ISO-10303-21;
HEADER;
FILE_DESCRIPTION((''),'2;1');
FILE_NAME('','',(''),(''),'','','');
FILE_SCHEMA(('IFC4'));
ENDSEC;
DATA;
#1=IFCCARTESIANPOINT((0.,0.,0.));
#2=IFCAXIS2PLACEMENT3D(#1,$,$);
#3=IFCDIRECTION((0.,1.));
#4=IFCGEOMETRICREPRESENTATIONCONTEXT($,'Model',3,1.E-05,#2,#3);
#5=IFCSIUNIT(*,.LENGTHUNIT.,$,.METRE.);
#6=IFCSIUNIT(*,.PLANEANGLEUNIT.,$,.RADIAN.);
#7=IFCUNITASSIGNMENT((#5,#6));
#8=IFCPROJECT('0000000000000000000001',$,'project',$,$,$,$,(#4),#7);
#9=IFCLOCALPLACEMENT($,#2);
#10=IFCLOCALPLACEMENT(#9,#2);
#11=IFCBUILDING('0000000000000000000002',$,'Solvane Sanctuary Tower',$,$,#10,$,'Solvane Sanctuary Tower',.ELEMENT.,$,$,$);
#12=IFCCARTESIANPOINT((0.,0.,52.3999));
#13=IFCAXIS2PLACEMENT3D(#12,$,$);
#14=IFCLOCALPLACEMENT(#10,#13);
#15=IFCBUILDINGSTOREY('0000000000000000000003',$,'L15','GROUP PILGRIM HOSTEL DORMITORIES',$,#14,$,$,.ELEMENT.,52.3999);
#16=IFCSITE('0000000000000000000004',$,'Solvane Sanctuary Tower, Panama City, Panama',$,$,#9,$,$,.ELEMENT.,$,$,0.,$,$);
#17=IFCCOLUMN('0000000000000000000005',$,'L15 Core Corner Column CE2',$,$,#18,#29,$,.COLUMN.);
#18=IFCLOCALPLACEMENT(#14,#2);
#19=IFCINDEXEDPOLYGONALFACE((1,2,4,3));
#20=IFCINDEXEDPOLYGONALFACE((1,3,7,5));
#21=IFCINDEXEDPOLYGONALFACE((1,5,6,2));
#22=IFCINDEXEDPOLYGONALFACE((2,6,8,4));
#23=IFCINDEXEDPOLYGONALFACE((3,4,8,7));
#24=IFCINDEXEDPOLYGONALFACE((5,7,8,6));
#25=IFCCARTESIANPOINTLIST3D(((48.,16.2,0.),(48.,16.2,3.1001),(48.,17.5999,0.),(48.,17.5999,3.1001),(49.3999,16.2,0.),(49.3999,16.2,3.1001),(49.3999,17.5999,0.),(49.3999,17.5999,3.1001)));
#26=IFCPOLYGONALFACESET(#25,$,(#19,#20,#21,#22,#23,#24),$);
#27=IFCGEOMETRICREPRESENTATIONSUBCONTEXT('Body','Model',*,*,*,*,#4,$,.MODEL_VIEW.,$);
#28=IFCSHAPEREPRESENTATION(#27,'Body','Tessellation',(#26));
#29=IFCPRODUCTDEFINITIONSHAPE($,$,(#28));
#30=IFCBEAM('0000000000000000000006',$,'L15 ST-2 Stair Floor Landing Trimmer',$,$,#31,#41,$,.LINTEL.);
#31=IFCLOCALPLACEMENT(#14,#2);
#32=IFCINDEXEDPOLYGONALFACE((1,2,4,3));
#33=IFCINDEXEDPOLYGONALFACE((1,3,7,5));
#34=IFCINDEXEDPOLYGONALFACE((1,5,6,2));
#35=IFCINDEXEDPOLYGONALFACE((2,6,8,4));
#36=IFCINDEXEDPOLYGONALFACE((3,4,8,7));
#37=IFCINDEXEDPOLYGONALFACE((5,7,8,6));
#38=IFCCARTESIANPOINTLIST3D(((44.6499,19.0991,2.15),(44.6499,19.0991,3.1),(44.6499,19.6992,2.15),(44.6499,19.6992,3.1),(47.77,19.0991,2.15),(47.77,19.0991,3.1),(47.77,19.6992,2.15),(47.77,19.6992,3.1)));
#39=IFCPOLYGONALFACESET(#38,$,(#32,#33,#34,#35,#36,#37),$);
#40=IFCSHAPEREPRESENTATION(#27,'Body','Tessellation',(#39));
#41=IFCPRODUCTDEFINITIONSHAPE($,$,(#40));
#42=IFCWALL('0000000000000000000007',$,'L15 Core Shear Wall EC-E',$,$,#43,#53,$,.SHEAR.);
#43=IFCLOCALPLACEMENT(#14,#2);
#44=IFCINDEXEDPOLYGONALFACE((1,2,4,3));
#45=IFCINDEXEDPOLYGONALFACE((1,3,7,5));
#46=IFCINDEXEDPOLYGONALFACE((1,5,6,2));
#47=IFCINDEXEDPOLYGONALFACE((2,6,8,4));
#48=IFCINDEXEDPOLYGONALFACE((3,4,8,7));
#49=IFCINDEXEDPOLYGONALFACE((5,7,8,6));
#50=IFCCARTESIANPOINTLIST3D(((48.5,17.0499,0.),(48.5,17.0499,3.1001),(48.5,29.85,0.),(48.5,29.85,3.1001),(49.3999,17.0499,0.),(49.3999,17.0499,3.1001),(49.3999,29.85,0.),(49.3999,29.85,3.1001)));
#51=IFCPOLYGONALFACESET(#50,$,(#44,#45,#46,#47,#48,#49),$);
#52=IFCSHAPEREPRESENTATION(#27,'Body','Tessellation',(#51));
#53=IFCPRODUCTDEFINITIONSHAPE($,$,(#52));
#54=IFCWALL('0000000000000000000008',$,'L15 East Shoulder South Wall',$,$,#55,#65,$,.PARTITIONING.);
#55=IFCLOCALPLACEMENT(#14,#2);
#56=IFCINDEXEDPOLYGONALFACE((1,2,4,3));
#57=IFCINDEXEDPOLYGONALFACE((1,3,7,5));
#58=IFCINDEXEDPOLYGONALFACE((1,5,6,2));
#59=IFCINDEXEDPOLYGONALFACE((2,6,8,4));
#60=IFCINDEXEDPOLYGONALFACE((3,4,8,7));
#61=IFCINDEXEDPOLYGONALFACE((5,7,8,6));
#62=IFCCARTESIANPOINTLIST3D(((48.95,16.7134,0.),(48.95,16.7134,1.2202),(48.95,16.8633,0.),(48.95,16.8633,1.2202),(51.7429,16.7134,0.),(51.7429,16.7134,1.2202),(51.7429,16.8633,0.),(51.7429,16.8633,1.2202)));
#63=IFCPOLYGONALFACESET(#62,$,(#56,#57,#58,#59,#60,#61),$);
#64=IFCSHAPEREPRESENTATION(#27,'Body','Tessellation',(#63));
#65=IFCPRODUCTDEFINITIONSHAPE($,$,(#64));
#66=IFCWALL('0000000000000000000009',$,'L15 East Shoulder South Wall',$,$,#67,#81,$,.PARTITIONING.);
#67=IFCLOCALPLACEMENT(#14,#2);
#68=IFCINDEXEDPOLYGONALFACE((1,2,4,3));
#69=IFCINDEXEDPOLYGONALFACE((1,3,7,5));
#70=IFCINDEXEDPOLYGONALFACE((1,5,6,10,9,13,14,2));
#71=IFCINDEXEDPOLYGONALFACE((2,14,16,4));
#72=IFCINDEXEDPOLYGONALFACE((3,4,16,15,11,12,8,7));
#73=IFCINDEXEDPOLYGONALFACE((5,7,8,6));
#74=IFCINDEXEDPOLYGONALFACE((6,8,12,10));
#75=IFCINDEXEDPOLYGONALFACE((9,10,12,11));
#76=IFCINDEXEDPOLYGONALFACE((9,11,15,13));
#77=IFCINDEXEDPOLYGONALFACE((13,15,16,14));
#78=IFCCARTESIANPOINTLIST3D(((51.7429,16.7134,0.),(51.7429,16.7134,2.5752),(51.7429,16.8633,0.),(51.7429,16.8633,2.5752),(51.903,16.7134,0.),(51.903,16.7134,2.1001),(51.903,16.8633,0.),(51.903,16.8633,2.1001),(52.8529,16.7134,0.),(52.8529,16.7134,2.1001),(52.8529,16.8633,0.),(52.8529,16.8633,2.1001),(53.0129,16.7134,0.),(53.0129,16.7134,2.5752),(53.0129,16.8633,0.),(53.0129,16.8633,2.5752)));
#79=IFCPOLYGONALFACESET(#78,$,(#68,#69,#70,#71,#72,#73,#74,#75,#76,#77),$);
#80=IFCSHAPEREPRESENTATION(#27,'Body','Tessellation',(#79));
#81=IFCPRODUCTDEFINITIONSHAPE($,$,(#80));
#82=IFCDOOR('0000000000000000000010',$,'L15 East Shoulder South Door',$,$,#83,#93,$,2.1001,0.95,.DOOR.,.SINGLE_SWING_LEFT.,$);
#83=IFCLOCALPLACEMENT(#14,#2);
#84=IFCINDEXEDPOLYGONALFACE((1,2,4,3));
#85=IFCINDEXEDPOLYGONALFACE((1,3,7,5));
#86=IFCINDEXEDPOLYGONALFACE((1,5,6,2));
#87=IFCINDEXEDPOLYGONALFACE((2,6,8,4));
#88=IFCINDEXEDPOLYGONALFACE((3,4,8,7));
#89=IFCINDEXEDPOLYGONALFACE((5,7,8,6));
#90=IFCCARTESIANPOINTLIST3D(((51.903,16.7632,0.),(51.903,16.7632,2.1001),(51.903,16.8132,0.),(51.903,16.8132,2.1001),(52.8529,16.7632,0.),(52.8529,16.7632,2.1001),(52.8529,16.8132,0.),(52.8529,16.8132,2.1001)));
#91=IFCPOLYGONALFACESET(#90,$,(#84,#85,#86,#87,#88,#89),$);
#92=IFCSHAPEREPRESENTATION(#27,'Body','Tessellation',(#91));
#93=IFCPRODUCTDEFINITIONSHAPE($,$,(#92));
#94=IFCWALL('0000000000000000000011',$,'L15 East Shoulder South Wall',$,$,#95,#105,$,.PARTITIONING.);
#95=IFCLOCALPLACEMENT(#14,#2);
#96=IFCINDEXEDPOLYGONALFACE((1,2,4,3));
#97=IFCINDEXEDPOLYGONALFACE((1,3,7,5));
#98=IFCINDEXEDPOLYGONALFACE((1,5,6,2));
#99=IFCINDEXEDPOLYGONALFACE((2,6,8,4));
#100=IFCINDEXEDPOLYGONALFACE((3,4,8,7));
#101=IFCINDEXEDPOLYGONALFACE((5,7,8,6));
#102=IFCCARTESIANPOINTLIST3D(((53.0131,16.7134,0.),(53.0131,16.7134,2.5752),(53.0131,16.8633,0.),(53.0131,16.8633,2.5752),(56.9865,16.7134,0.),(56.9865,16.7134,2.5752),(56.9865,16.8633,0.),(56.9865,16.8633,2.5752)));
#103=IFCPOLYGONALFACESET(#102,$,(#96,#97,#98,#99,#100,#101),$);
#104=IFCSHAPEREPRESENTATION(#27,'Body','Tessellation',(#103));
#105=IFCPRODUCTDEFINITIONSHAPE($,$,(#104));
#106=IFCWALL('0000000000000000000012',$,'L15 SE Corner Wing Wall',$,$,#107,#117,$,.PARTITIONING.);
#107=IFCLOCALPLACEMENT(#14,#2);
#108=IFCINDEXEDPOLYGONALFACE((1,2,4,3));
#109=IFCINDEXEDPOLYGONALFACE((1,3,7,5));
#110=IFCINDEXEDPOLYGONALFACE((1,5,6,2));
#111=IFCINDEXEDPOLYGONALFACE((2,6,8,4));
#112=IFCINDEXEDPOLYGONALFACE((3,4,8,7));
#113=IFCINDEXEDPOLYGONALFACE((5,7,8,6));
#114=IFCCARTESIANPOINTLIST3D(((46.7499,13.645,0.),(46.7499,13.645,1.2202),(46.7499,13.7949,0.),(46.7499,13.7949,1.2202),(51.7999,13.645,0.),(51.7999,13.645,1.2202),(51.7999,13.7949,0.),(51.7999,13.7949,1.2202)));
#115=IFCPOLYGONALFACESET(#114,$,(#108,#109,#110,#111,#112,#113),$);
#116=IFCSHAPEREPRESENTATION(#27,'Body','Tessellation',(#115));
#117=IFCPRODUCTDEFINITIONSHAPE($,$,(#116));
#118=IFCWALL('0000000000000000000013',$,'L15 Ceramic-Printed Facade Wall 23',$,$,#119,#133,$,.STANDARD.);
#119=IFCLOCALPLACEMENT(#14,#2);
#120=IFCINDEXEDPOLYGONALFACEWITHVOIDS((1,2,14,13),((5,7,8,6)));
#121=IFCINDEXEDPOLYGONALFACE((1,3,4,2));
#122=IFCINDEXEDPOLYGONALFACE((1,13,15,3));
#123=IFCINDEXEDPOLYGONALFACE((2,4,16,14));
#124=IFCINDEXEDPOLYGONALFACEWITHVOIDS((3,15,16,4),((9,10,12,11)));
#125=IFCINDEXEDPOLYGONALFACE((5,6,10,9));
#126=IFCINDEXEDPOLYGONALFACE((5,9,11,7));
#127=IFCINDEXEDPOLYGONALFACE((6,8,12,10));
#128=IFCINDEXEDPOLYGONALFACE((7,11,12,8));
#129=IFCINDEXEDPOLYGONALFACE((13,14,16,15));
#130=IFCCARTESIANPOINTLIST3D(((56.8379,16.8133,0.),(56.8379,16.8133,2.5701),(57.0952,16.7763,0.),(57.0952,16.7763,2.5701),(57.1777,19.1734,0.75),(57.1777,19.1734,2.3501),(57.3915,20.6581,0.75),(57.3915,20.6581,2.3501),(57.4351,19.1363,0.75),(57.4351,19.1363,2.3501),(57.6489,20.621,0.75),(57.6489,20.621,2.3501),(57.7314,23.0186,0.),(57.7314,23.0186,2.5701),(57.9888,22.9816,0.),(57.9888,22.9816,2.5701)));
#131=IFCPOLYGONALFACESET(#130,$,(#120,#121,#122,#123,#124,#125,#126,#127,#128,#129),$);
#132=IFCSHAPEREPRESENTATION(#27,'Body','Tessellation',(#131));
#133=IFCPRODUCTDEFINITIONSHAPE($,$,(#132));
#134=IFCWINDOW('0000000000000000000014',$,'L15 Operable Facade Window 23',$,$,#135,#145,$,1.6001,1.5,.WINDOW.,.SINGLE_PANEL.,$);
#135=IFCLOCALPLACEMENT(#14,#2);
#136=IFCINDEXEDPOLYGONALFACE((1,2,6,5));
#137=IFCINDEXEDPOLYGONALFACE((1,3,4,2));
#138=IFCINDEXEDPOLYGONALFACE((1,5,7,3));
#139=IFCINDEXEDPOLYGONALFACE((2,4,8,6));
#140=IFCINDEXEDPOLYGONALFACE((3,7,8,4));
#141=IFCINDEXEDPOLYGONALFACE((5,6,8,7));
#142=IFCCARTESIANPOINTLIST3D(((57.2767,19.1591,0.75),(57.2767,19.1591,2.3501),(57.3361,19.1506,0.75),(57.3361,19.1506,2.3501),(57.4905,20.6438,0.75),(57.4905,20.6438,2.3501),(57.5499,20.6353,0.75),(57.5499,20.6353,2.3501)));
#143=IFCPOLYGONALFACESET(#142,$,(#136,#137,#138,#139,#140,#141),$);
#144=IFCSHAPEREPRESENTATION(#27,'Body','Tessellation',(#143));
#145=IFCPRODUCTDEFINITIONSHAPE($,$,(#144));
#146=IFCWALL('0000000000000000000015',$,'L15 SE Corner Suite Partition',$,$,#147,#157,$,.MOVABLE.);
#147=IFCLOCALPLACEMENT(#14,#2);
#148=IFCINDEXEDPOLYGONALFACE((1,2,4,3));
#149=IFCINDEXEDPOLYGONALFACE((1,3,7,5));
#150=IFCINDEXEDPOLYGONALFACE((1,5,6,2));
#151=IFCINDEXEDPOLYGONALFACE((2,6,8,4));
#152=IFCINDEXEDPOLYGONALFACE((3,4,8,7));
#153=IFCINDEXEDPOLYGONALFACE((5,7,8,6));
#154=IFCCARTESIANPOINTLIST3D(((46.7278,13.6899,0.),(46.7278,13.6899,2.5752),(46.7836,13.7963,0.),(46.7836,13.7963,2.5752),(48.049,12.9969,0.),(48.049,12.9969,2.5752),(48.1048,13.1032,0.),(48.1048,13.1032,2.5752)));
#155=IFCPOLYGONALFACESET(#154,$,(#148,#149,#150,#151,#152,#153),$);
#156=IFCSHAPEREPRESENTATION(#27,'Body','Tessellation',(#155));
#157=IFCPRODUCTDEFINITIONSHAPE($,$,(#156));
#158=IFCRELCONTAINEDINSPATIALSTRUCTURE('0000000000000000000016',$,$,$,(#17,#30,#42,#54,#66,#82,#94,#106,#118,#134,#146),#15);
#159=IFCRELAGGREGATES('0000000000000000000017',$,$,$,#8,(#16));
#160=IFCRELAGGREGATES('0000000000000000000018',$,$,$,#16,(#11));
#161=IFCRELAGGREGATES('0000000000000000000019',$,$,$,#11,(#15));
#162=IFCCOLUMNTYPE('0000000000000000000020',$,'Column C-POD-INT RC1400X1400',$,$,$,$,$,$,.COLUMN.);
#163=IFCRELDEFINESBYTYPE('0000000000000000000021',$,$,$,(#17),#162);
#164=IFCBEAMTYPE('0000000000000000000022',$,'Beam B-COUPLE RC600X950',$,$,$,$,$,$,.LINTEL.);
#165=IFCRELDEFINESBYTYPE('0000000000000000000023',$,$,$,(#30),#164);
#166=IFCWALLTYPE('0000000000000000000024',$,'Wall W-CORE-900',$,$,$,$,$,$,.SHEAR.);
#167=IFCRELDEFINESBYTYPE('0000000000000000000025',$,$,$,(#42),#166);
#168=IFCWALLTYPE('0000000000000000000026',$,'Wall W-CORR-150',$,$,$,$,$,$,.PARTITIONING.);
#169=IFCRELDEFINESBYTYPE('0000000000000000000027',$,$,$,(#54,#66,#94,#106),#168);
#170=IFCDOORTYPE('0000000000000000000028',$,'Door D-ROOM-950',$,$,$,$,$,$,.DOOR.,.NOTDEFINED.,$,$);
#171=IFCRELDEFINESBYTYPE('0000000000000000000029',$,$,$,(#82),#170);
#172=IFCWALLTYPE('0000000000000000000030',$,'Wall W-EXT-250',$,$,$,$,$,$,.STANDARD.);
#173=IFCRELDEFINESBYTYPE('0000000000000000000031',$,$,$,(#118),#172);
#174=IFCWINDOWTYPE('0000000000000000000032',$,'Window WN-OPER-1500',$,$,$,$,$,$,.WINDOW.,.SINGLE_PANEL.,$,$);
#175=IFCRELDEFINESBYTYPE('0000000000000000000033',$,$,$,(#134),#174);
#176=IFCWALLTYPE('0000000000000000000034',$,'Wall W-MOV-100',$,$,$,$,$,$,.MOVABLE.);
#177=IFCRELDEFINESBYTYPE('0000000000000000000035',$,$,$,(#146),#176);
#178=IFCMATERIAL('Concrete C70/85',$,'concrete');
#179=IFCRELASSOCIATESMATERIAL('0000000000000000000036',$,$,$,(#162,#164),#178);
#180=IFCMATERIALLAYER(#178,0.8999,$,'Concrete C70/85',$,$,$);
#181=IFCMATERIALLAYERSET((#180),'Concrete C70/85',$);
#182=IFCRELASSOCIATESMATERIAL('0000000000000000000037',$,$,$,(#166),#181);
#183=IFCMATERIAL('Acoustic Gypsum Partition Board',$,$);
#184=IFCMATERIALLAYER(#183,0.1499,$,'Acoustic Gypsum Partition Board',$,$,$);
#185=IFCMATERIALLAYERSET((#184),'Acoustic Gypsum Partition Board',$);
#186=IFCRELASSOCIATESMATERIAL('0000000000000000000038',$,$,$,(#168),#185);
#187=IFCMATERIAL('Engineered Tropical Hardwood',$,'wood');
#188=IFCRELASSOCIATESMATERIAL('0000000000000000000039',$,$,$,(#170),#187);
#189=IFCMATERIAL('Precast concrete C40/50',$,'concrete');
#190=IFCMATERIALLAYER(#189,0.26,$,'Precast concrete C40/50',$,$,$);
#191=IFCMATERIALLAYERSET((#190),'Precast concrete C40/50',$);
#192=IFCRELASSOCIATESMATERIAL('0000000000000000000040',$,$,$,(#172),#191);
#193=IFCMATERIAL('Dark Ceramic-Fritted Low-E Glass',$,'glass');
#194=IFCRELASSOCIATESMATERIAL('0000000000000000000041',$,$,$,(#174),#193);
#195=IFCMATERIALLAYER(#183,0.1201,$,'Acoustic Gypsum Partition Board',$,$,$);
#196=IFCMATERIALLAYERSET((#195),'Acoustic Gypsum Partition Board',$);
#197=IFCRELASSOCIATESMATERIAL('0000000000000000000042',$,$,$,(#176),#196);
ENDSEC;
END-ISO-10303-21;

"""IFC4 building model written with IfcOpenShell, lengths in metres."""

from ifc_helpers import new_model, si_unit, direction, frame, frame_2d, origin, origin_2d, place, context, subcontext, project, spatial, rectangle, extrude, material, layer, layer_set, material_profile, profile_set, type_object, element, fill, save


model = new_model("IFC4")

# Units and contexts
model_context = context("Model", 3, precision=1e-05, world=origin(), true_north=direction((0.0, 1.0)))
body_context = subcontext(model_context, "Body", "Model", "MODEL_VIEW")
ifc_project = project(units=[si_unit("LENGTHUNIT", "METRE"), si_unit("PLANEANGLEUNIT", "RADIAN")], contexts=[model_context])

# Site, building, storey
site_placement = place(None, origin())
site = spatial("IfcSite", under=ifc_project, at=site_placement, Name="Solvane Sanctuary Tower, Panama City, Panama", CompositionType="ELEMENT", RefElevation=0.0)
building_placement = place(site_placement, origin())
building = spatial("IfcBuilding", under=site, at=building_placement, Name="Solvane Sanctuary Tower", LongName="Solvane Sanctuary Tower", CompositionType="ELEMENT")
storey_placement = place(building_placement, frame((0.0, 0.0, 52.3999)))
storey = spatial("IfcBuildingStorey", under=building, at=storey_placement, Name="L15", Description="GROUP PILGRIM HOSTEL DORMITORIES", CompositionType="ELEMENT", Elevation=52.3999)

# Column
ifc_material_1 = material(Name="Concrete C70/85", Category="concrete")
ifc_material_profile_1 = material_profile(ifc_material_1, rectangle(XDim=1.3999, YDim=1.3999, at=origin_2d()), Name="RC1400X1400")
ifc_profile_set_1 = profile_set([ifc_material_profile_1], Name="Concrete C70/85")
column_type = type_object("IfcColumnType", Name="Column C-POD-INT RC1400X1400", PredefinedType="COLUMN", material=ifc_profile_set_1)
column_placement = place(storey_placement, frame((48.7, 16.8999, 0.0), z_axis=(0.0, 0.0, 1.0), x_axis=(1.0, 0.0, 0.0)))
element("IfcColumn", 1, at=column_placement, inside=storey, type_object=column_type, Name="L15 Core Corner Column CE2", PredefinedType="COLUMN", context=body_context, shape_type="SweptSolid", body=[
    extrude(rectangle(XDim=1.3999, YDim=1.3999, at=origin_2d()), origin(), (0.0, 0.0, 1.0), 3.1001),
])

# Beam
ifc_material_profile_2 = material_profile(ifc_material_1, rectangle(XDim=0.6001, YDim=0.95, at=origin_2d()), Name="RC600X950")
ifc_profile_set_2 = profile_set([ifc_material_profile_2], Name="Concrete C70/85")
beam_type = type_object("IfcBeamType", Name="Beam B-COUPLE RC600X950", PredefinedType="LINTEL", material=ifc_profile_set_2)
beam_placement = place(storey_placement, frame((44.6499, 19.3992, 2.625), z_axis=(1.0, 0.0, 0.0), x_axis=(0.0, 1.0, 0.0)))
element("IfcBeam", 2, at=beam_placement, inside=storey, type_object=beam_type, Name="L15 ST-2 Stair Floor Landing Trimmer", PredefinedType="LINTEL", context=body_context, shape_type="SweptSolid", body=[
    extrude(rectangle(XDim=0.6001, YDim=0.95, at=origin_2d()), origin(), (0.0, 0.0, 1.0), 3.1201),
])

# Walls
ifc_layer_1 = layer(ifc_material_1, 0.8999, Name="Concrete C70/85")
ifc_layer_set_1 = layer_set([ifc_layer_1], Name="Concrete C70/85")
wall_type_1 = type_object("IfcWallType", Name="Wall W-CORE-900", PredefinedType="SHEAR", material=ifc_layer_set_1)
wall_1_placement = place(storey_placement, frame((48.95, 17.05, 0.0), z_axis=(0.0, 0.0, 1.0), x_axis=(0.0, 1.0, 0.0)))
element("IfcWall", 3, at=wall_1_placement, inside=storey, type_object=wall_type_1, Name="L15 Core Shear Wall EC-E", PredefinedType="SHEAR", context=body_context, shape_type="SweptSolid", body=[
    extrude(rectangle(XDim=12.8, YDim=0.8999, at=frame_2d((6.3999, 0.0))), origin(), (0.0, 0.0, 1.0), 3.1001),
])
ifc_material_2 = material(Name="Acoustic Gypsum Partition Board")
ifc_layer_2 = layer(ifc_material_2, 0.1499, Name="Acoustic Gypsum Partition Board")
ifc_layer_set_2 = layer_set([ifc_layer_2], Name="Acoustic Gypsum Partition Board")
wall_type_2 = type_object("IfcWallType", Name="Wall W-CORR-150", PredefinedType="PARTITIONING", material=ifc_layer_set_2)
wall_2_placement = place(storey_placement, frame((48.95, 16.7883, 0.0), z_axis=(0.0, 0.0, 1.0), x_axis=(1.0, 0.0, 0.0)))
element("IfcWall", 4, at=wall_2_placement, inside=storey, type_object=wall_type_2, Name="L15 East Shoulder South Wall", PredefinedType="PARTITIONING", context=body_context, shape_type="SweptSolid", body=[
    extrude(rectangle(XDim=2.793, YDim=0.1499, at=frame_2d((1.3965, 0.0))), origin(), (0.0, 0.0, 1.0), 1.2202),
])

# Wall, opening, door
wall_3_placement = place(storey_placement, frame((51.7429, 16.7883, 0.0), z_axis=(0.0, 0.0, 1.0), x_axis=(1.0, 0.0, 0.0)))
wall_3 = element("IfcWall", 5, at=wall_3_placement, inside=storey, type_object=wall_type_2, Name="L15 East Shoulder South Wall", PredefinedType="PARTITIONING", context=body_context, shape_type="SweptSolid", body=[
    extrude(rectangle(XDim=1.27, YDim=0.1499, at=frame_2d((0.635, 0.0))), origin(), (0.0, 0.0, 1.0), 2.5752),
])
opening_1_placement = place(wall_3_placement, frame((0.1599, 0.0, 0.0)))
opening_1 = element("IfcOpeningElement", 6, at=opening_1_placement, cuts=wall_3, PredefinedType="OPENING", context=body_context, shape_type="SweptSolid", body=[
    extrude(rectangle(XDim=0.95, YDim=2.1001, at=frame_2d((0.4751, 1.05))), frame((0.0, 0.085, 0.0), z_axis=(0.0, -1.0, 0.0), x_axis=(1.0, 0.0, 0.0)), (0.0, 0.0, 1.0), 0.1699),
])
ifc_material_3 = material(Name="Engineered Tropical Hardwood", Category="wood")
door_type_1 = type_object("IfcDoorType", Name="Door D-ROOM-950", OperationType="NOTDEFINED", PredefinedType="DOOR", material=ifc_material_3)
door_1_placement = place(opening_1_placement, origin())
door_1 = element("IfcDoor", 7, at=door_1_placement, inside=storey, type_object=door_type_1, Name="L15 East Shoulder South Door", OperationType="SINGLE_SWING_LEFT", OverallHeight=2.1001, OverallWidth=0.95, PredefinedType="DOOR", context=body_context, shape_type="SweptSolid", body=[
    extrude(rectangle(XDim=0.95, YDim=2.1001, at=frame_2d((0.4751, 1.05))), frame((0.0, 0.0249, 0.0), z_axis=(0.0, -1.0, 0.0), x_axis=(1.0, 0.0, 0.0)), (0.0, 0.0, 1.0), 0.05),
])
fill(opening_1, door_1)

# Walls
wall_4_placement = place(storey_placement, frame((53.0129, 16.7883, 0.0), z_axis=(0.0, 0.0, 1.0), x_axis=(1.0, 0.0, 0.0)))
element("IfcWall", 8, at=wall_4_placement, inside=storey, type_object=wall_type_2, Name="L15 East Shoulder South Wall", PredefinedType="PARTITIONING", context=body_context, shape_type="SweptSolid", body=[
    extrude(rectangle(XDim=3.9734, YDim=0.1499, at=frame_2d((1.9868, 0.0))), origin(), (0.0, 0.0, 1.0), 2.5752),
])
wall_5_placement = place(storey_placement, frame((46.75, 13.72, 0.0), z_axis=(0.0, 0.0, 1.0), x_axis=(1.0, 0.0, 0.0)))
element("IfcWall", 9, at=wall_5_placement, inside=storey, type_object=wall_type_2, Name="L15 SE Corner Wing Wall", PredefinedType="PARTITIONING", context=body_context, shape_type="SweptSolid", body=[
    extrude(rectangle(XDim=5.05, YDim=0.1499, at=frame_2d((2.5249, 0.0))), origin(), (0.0, 0.0, 1.0), 1.2202),
])

# Wall, opening, window
ifc_material_4 = material(Name="Precast concrete C40/50", Category="concrete")
ifc_layer_3 = layer(ifc_material_4, 0.26, Name="Precast concrete C40/50")
ifc_layer_set_3 = layer_set([ifc_layer_3], Name="Precast concrete C40/50")
wall_type_3 = type_object("IfcWallType", Name="Wall W-EXT-250", PredefinedType="STANDARD", material=ifc_layer_set_3)
wall_6_placement = place(storey_placement, frame((56.9666, 16.7947, 0.0), z_axis=(0.0, 0.0, 1.0), x_axis=(0.142528, 0.989791, 0.0)))
wall_6 = element("IfcWall", 10, at=wall_6_placement, inside=storey, type_object=wall_type_3, Name="L15 Ceramic-Printed Facade Wall 23", PredefinedType="STANDARD", context=body_context, shape_type="SweptSolid", body=[
    extrude(rectangle(XDim=6.2693, YDim=0.26, at=frame_2d((3.1348, 0.0))), origin(), (0.0, 0.0, 1.0), 2.5701),
])
opening_2_placement = place(wall_6_placement, frame((2.3845, 0.0, 0.75)))
opening_2 = element("IfcOpeningElement", 11, at=opening_2_placement, cuts=wall_6, PredefinedType="OPENING", context=body_context, shape_type="SweptSolid", body=[
    extrude(rectangle(XDim=1.5, YDim=1.6001, at=frame_2d((0.75, 0.8))), frame((0.0, 0.1399, 0.0), z_axis=(0.0, -1.0, 0.0), x_axis=(1.0, 0.0, 0.0)), (0.0, 0.0, 1.0), 0.28),
])
ifc_material_5 = material(Name="Dark Ceramic-Fritted Low-E Glass", Category="glass")
window_type = type_object("IfcWindowType", Name="Window WN-OPER-1500", PartitioningType="SINGLE_PANEL", PredefinedType="WINDOW", material=ifc_material_5)
window_placement = place(opening_2_placement, origin())
window = element("IfcWindow", 12, at=window_placement, inside=storey, type_object=window_type, Name="L15 Operable Facade Window 23", OverallHeight=1.6001, OverallWidth=1.5, PartitioningType="SINGLE_PANEL", PredefinedType="WINDOW", context=body_context, shape_type="SweptSolid", body=[
    extrude(rectangle(XDim=1.5, YDim=1.6001, at=frame_2d((0.75, 0.8))), frame((0.0, 0.03, 0.0), z_axis=(0.0, -1.0, 0.0), x_axis=(1.0, 0.0, 0.0)), (0.0, 0.0, 1.0), 0.0601),
])
fill(opening_2, window)

# Wall
ifc_layer_4 = layer(ifc_material_2, 0.1201, Name="Acoustic Gypsum Partition Board")
ifc_layer_set_4 = layer_set([ifc_layer_4], Name="Acoustic Gypsum Partition Board")
wall_type_4 = type_object("IfcWallType", Name="Wall W-MOV-100", PredefinedType="MOVABLE", material=ifc_layer_set_4)
wall_7_placement = place(storey_placement, frame((46.7556, 13.7432, 0.0), z_axis=(0.0, 0.0, 1.0), x_axis=(0.885553, -0.464539, 0.0)))
element("IfcWall", 13, at=wall_7_placement, inside=storey, type_object=wall_type_4, Name="L15 SE Corner Suite Partition", PredefinedType="MOVABLE", context=body_context, shape_type="SweptSolid", body=[
    extrude(rectangle(XDim=1.4919, YDim=0.1201, at=frame_2d((0.7461, 0.0))), origin(), (0.0, 0.0, 1.0), 2.5752),
])

save(model, "model.ifc")
